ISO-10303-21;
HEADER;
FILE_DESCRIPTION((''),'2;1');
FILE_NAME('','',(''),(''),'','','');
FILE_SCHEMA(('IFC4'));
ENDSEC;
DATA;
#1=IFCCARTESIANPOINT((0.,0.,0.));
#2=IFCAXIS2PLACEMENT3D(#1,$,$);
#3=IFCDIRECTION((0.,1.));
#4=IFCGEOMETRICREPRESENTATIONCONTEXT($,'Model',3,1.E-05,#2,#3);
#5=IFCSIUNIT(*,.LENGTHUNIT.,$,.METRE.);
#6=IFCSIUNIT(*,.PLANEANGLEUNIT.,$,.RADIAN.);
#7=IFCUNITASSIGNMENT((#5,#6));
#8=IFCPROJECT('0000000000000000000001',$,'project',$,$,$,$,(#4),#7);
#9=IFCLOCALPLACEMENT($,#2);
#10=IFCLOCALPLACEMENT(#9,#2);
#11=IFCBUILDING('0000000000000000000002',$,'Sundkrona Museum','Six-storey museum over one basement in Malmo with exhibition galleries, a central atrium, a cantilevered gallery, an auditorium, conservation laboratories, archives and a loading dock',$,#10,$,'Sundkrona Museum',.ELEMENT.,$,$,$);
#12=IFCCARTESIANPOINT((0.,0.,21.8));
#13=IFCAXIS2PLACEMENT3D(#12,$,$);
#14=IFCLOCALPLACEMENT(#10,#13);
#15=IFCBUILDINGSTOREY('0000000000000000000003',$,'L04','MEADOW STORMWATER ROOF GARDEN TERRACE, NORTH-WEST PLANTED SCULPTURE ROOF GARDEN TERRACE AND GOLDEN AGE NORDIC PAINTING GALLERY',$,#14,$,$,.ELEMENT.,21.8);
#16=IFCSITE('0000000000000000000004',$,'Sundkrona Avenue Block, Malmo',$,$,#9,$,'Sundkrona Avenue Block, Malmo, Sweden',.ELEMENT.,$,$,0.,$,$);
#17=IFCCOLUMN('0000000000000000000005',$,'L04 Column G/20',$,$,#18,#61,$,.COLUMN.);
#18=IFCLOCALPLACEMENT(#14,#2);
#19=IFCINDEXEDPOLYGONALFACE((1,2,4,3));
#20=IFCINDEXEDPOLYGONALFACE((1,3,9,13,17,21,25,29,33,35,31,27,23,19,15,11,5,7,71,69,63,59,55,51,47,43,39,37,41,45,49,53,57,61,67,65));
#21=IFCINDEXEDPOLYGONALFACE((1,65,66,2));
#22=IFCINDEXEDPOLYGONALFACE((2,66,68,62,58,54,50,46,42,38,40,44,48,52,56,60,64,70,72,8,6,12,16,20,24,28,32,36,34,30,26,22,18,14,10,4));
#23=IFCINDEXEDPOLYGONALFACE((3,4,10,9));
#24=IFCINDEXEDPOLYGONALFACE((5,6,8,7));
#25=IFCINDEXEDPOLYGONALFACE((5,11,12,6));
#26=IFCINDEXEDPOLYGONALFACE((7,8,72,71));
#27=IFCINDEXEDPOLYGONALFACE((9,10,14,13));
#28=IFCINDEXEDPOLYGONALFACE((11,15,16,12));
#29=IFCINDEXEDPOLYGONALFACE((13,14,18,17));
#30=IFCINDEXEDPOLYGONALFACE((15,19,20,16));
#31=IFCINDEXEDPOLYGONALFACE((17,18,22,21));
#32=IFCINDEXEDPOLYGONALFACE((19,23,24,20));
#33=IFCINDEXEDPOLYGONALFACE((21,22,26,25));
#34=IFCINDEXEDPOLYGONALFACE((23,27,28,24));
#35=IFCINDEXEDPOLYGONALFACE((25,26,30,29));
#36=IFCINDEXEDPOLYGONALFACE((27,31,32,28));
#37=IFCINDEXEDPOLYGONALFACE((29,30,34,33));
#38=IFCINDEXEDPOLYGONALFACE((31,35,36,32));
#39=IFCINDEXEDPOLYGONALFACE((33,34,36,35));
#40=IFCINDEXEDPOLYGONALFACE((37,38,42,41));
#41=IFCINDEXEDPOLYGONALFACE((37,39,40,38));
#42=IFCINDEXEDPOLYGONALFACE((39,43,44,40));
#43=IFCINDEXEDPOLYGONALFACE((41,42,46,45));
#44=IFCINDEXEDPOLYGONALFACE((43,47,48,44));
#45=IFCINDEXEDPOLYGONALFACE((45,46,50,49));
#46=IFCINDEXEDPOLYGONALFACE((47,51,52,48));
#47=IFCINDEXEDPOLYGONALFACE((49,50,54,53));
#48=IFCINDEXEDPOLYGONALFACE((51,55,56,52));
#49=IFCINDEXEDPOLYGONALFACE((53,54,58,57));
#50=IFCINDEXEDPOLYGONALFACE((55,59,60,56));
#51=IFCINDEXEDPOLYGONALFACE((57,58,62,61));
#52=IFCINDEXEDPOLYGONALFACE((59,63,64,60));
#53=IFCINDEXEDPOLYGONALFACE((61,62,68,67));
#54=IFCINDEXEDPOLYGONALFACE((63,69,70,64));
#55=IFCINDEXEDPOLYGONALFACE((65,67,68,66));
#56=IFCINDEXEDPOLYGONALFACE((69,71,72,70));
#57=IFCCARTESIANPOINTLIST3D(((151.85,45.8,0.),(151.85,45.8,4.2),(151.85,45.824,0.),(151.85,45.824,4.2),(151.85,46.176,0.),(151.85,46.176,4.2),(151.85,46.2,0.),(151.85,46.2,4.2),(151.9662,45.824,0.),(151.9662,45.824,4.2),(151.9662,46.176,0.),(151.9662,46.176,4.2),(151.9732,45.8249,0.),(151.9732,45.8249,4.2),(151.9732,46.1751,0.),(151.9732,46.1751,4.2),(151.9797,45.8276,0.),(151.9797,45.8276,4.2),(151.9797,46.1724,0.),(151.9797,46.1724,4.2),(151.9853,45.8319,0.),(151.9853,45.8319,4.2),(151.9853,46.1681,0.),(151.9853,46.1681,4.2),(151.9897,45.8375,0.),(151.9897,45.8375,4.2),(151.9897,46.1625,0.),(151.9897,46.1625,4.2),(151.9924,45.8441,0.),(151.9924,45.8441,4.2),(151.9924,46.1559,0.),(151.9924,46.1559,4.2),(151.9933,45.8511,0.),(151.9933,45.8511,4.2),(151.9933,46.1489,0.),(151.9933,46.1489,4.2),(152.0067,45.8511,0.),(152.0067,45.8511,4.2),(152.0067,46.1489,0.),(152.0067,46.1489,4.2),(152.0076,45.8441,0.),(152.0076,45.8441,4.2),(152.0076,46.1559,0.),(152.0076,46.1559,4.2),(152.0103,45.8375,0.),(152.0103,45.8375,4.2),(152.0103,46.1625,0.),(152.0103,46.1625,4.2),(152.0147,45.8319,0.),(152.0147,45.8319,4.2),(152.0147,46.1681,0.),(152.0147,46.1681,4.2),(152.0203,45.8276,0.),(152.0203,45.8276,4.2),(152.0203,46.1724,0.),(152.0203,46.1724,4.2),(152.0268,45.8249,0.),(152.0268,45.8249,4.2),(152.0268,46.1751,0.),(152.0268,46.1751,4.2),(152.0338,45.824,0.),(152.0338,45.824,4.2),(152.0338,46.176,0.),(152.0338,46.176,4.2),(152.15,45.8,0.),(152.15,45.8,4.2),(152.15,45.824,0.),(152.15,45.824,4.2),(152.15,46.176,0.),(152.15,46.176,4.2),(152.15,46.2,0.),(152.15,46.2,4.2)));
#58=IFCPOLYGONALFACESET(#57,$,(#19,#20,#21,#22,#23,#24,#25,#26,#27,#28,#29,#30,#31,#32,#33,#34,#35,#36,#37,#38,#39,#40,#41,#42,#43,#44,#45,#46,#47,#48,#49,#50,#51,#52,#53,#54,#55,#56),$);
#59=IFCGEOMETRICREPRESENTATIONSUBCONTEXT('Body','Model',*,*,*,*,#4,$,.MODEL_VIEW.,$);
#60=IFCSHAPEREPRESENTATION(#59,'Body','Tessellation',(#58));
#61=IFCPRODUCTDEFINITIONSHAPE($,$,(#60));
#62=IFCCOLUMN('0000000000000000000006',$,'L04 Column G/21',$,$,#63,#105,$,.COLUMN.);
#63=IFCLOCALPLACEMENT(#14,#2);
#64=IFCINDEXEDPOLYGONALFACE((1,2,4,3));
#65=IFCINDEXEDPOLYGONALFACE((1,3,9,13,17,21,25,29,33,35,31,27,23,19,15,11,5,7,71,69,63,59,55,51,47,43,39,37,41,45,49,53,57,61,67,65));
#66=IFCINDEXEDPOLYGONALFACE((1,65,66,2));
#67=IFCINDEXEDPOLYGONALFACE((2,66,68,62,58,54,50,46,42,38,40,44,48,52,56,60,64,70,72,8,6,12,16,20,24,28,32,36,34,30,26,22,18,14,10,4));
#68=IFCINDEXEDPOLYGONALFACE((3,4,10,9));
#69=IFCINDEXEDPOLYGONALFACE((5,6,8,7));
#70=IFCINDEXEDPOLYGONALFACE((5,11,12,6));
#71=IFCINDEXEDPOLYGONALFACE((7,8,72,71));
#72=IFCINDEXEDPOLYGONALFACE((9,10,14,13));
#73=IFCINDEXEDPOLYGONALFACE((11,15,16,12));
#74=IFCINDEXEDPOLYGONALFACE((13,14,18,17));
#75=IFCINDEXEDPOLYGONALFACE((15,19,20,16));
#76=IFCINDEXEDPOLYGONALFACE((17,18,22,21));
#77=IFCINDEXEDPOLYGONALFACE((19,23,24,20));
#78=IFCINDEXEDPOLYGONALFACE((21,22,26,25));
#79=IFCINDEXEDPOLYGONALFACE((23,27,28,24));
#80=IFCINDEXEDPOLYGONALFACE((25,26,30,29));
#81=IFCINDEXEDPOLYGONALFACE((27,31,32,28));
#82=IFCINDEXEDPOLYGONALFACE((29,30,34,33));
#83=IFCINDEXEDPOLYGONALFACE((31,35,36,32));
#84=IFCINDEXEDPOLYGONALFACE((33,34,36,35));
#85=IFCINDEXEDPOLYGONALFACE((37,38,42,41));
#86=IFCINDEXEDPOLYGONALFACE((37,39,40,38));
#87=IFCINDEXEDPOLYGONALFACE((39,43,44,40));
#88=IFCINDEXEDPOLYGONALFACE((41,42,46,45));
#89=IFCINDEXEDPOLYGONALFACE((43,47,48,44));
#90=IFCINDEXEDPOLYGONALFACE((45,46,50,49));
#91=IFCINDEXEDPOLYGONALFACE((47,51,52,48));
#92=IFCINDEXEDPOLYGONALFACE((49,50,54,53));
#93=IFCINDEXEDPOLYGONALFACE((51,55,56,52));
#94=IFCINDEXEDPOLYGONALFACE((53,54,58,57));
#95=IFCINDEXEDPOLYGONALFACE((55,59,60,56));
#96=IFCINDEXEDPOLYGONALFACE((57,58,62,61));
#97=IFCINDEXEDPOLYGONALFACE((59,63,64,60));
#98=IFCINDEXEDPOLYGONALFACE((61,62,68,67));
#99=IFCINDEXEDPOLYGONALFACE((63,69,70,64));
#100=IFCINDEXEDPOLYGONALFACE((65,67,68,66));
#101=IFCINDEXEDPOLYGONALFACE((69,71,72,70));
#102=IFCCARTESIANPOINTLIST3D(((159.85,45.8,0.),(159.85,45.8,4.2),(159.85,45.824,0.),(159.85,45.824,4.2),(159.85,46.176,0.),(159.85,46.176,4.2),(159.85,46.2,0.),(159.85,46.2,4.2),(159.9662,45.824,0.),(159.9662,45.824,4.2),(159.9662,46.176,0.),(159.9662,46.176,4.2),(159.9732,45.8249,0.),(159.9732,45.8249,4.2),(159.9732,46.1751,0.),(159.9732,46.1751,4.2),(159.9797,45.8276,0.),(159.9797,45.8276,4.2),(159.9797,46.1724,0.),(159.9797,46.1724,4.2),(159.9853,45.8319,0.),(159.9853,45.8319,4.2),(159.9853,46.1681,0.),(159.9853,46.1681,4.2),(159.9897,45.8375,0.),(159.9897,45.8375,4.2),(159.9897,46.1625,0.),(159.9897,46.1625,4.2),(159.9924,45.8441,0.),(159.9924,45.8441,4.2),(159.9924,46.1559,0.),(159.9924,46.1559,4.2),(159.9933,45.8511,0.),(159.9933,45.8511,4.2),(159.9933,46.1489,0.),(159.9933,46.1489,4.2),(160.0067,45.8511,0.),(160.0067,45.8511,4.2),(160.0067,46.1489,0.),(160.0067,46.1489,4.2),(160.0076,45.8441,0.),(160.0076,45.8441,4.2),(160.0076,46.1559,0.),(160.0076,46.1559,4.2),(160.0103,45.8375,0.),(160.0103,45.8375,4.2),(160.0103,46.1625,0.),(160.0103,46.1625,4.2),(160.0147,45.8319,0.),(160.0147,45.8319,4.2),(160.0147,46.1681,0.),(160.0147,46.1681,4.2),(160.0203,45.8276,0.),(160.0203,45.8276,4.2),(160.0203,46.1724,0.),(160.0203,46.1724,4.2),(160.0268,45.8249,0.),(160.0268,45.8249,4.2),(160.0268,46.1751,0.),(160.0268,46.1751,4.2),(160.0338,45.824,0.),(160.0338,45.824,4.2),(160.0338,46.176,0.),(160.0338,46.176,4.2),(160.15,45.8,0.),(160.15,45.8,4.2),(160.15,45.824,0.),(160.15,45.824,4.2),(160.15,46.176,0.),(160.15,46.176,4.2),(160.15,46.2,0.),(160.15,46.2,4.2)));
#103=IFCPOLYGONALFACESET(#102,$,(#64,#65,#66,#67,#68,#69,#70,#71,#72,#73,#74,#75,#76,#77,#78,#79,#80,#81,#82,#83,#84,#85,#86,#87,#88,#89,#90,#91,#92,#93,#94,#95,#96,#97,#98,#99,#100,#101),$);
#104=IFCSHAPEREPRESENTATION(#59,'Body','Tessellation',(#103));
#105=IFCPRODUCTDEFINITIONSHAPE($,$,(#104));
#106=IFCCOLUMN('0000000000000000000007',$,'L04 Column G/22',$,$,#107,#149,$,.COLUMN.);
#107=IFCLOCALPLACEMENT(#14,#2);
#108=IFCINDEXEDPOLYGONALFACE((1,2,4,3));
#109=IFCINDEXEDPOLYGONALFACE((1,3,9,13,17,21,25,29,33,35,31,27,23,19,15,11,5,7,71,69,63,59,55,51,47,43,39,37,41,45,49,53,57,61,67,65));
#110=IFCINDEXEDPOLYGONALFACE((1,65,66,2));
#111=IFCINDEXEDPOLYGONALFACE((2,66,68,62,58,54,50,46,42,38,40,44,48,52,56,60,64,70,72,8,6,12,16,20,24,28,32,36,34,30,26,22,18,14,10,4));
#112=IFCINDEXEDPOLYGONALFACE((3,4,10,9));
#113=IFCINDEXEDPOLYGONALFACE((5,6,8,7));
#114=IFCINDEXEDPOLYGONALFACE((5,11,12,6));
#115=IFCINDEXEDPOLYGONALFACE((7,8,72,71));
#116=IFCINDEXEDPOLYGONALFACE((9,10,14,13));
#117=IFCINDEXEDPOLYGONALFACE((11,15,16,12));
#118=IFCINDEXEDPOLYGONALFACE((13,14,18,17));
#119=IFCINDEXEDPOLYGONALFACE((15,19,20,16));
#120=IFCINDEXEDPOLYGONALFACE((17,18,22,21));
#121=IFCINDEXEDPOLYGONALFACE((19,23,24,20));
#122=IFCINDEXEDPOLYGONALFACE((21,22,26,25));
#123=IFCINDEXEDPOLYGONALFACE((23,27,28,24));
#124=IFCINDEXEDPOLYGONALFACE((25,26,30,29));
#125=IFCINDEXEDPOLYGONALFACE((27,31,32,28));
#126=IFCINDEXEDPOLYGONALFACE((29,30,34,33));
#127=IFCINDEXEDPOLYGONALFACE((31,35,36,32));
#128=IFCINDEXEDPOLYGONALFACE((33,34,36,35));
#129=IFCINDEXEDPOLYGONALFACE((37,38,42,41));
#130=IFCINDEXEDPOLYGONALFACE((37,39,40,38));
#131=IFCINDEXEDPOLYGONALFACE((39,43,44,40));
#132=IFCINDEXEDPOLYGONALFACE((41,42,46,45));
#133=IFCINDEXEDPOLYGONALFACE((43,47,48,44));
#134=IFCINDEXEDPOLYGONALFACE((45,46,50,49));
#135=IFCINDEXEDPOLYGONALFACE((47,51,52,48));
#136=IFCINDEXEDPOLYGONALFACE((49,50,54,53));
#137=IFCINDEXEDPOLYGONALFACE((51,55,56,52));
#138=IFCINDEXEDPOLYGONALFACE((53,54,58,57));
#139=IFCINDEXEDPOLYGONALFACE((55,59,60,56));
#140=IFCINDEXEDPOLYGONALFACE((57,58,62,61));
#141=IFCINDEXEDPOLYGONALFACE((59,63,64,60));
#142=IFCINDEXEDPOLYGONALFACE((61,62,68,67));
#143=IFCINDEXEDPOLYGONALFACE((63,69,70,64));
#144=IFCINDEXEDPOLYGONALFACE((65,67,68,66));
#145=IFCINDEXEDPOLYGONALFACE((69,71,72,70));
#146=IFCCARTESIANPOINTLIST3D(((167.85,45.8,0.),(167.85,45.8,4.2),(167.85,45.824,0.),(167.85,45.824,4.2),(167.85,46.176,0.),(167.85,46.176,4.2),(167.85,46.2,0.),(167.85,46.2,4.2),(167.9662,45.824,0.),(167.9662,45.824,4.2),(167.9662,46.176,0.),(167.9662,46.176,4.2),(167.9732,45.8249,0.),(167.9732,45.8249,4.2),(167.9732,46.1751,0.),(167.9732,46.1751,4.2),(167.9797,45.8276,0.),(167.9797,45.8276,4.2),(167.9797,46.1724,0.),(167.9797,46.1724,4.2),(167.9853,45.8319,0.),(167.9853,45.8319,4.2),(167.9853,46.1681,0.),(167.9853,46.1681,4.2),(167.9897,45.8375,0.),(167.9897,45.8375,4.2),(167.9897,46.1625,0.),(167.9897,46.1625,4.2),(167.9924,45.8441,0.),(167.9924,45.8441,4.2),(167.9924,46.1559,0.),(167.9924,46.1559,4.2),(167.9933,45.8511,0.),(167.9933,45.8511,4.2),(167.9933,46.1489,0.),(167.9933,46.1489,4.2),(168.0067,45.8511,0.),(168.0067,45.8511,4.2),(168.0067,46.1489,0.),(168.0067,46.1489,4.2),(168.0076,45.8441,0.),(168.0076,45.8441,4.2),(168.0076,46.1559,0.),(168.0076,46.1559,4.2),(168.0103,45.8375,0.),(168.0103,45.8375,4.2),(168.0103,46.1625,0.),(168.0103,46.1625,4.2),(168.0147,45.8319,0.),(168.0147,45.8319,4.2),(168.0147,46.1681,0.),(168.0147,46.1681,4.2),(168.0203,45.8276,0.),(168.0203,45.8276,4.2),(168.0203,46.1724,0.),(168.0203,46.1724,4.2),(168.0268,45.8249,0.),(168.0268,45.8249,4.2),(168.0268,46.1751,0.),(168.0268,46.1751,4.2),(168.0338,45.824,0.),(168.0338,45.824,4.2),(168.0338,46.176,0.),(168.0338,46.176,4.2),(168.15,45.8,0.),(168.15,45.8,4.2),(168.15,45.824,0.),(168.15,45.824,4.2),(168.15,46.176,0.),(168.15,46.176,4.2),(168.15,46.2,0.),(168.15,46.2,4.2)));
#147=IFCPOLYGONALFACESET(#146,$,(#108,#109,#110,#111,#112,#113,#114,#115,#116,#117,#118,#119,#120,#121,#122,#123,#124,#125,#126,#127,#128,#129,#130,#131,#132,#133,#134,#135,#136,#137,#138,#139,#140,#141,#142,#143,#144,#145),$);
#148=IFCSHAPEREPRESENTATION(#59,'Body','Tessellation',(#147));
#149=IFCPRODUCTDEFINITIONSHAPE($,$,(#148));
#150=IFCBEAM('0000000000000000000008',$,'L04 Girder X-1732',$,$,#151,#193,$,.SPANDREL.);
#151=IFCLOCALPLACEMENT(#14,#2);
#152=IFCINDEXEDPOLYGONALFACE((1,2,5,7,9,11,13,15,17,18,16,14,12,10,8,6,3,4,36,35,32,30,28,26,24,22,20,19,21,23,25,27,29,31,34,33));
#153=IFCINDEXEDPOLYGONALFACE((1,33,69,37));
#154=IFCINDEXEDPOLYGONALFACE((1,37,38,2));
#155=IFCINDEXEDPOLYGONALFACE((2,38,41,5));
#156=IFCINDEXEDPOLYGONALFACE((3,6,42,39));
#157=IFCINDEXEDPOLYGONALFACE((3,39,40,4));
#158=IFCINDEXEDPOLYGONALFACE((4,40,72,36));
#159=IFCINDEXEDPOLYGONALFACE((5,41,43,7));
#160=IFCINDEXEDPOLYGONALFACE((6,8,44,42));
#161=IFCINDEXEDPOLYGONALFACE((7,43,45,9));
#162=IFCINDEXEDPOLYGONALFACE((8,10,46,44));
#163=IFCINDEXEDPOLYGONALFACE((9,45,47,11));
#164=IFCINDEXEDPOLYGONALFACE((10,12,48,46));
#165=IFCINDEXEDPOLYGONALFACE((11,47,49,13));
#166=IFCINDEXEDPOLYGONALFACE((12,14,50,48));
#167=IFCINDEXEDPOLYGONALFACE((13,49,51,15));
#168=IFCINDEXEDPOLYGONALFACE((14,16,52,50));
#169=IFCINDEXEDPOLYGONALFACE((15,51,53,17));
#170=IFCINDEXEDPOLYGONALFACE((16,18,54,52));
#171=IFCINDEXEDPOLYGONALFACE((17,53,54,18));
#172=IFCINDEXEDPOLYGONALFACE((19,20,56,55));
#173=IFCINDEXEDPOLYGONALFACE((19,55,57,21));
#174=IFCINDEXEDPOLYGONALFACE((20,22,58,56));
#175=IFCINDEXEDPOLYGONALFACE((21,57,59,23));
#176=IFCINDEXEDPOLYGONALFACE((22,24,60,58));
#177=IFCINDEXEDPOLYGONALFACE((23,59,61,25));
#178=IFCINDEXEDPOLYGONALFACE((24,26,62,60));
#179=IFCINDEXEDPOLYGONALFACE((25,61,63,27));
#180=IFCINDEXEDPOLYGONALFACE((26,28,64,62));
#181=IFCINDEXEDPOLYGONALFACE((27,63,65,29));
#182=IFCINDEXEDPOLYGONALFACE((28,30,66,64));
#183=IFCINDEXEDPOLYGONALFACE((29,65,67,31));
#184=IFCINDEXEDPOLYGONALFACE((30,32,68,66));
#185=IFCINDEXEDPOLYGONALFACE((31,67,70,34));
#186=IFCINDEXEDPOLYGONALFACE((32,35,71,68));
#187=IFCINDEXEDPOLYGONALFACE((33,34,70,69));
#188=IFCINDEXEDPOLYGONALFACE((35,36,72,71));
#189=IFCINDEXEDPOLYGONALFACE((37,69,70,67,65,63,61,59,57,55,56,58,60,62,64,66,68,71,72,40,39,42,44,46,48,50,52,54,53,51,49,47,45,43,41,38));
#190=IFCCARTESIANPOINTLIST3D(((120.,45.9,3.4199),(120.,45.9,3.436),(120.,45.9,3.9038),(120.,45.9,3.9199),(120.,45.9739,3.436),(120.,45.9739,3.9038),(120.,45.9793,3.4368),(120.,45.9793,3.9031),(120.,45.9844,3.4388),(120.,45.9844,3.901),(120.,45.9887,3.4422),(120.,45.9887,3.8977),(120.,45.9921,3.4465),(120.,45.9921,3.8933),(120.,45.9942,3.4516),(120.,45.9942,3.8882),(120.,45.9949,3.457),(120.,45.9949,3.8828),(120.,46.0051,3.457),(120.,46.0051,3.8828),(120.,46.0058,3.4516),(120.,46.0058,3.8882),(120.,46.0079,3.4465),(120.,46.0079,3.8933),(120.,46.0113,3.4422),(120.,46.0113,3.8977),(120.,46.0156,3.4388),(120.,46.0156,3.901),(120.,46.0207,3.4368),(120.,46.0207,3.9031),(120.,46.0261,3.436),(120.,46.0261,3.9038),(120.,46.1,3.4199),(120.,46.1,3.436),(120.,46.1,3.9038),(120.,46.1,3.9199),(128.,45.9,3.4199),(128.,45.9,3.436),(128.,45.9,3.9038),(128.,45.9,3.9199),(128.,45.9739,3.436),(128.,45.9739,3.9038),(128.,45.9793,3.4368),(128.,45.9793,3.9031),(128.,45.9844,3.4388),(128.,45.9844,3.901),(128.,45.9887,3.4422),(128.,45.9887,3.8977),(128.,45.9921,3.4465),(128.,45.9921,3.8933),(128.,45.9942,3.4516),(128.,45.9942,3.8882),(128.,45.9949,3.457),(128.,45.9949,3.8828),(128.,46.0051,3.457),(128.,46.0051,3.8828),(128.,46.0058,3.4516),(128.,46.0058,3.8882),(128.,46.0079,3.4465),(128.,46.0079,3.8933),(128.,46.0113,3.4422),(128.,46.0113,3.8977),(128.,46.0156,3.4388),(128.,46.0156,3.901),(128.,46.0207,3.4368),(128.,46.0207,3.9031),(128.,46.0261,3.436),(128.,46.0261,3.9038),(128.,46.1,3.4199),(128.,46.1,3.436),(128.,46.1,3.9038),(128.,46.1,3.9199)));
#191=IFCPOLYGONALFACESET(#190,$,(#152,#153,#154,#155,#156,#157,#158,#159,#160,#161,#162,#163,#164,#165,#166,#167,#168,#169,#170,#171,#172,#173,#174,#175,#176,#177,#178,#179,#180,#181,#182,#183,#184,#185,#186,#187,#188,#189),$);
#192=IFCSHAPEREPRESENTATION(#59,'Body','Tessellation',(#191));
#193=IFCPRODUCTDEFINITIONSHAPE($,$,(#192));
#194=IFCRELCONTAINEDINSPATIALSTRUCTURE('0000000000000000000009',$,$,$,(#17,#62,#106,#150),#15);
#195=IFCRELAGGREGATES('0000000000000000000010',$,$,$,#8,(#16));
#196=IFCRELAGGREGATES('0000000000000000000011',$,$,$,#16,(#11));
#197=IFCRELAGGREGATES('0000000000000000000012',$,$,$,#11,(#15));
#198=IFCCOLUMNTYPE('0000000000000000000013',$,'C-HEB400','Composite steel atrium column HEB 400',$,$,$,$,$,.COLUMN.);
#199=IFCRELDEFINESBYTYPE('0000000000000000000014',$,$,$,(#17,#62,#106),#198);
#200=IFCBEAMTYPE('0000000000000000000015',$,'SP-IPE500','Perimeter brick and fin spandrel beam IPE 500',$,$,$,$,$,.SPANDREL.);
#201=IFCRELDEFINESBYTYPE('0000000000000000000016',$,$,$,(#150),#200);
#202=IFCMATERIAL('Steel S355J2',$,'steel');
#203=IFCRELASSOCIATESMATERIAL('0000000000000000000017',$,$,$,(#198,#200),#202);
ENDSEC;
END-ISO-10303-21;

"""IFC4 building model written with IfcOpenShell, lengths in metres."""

from ifc_helpers import new_model, si_unit, direction, frame, origin, origin_2d, place, context, subcontext, project, spatial, i_section, extrude, material, material_profile, profile_set, type_object, element, save


model = new_model("IFC4")

# Units and contexts
model_context = context("Model", 3, precision=1e-05, world=origin(), true_north=direction((0.0, 1.0)))
body_context = subcontext(model_context, "Body", "Model", "MODEL_VIEW")
ifc_project = project(units=[si_unit("LENGTHUNIT", "METRE"), si_unit("PLANEANGLEUNIT", "RADIAN")], contexts=[model_context])

# Site, building, storey
site_placement = place(None, origin())
site = spatial("IfcSite", under=ifc_project, at=site_placement, Name="Sundkrona Avenue Block, Malmo", LongName="Sundkrona Avenue Block, Malmo, Sweden", CompositionType="ELEMENT", RefElevation=0.0)
building_placement = place(site_placement, origin())
building = spatial("IfcBuilding", under=site, at=building_placement, Name="Sundkrona Museum", Description="Six-storey museum over one basement in Malmo with exhibition galleries, a central atrium, a cantilevered gallery, an auditorium, conservation laboratories, archives and a loading dock", LongName="Sundkrona Museum", CompositionType="ELEMENT")
storey_placement = place(building_placement, frame((0.0, 0.0, 21.8)))
storey = spatial("IfcBuildingStorey", under=building, at=storey_placement, Name="L04", Description="MEADOW STORMWATER ROOF GARDEN TERRACE, NORTH-WEST PLANTED SCULPTURE ROOF GARDEN TERRACE AND GOLDEN AGE NORDIC PAINTING GALLERY", CompositionType="ELEMENT", Elevation=21.8)

# Columns
ifc_material_1 = material(Name="Steel S355J2", Category="steel")
ifc_material_profile_1 = material_profile(ifc_material_1, i_section(OverallWidth=0.3, OverallDepth=0.3999, WebThickness=0.0134, FlangeThickness=0.0239, FilletRadius=0.0271, at=origin_2d()), Name="HEB 400")
ifc_profile_set_1 = profile_set([ifc_material_profile_1], Name="Steel S355J2")
column_type = type_object("IfcColumnType", Name="C-HEB400", Description="Composite steel atrium column HEB 400", PredefinedType="COLUMN", material=ifc_profile_set_1)
for number, where, z_axis, x_axis, name in (
    (1, (152.0, 46.0, 0.0), (0.0, 0.0, 1.0), (1.0, 0.0, 0.0), "L04 Column G/20"),
    (2, (160.0, 46.0, 0.0), (0.0, 0.0, 1.0), (1.0, 0.0, 0.0), "L04 Column G/21"),
    (3, (168.0, 46.0, 0.0), (0.0, 0.0, 1.0), (1.0, 0.0, 0.0), "L04 Column G/22"),
):
    element("IfcColumn", number, at=place(storey_placement, frame(where, z_axis=z_axis, x_axis=x_axis)), inside=storey, type_object=column_type, Name=name, PredefinedType="COLUMN", context=body_context, shape_type="SweptSolid", body=[
        extrude(i_section(OverallWidth=0.3, OverallDepth=0.3999, WebThickness=0.0134, FlangeThickness=0.0239, FilletRadius=0.0271, at=origin_2d()), origin(), (0.0, 0.0, 1.0), 4.2),
    ])

# Beam
ifc_material_profile_2 = material_profile(ifc_material_1, i_section(OverallWidth=0.2, OverallDepth=0.5, WebThickness=0.0103, FlangeThickness=0.0161, FilletRadius=0.021, at=origin_2d()), Name="IPE 500")
ifc_profile_set_2 = profile_set([ifc_material_profile_2], Name="Steel S355J2")
beam_type = type_object("IfcBeamType", Name="SP-IPE500", Description="Perimeter brick and fin spandrel beam IPE 500", PredefinedType="SPANDREL", material=ifc_profile_set_2)
for number, where, z_axis, x_axis, name in (
    (4, (120.0, 46.0, 3.6699), (1.0, 0.0, 0.0), (0.0, 1.0, 0.0), "L04 Girder X-1732"),
):
    element("IfcBeam", number, at=place(storey_placement, frame(where, z_axis=z_axis, x_axis=x_axis)), inside=storey, type_object=beam_type, Name=name, PredefinedType="SPANDREL", context=body_context, shape_type="SweptSolid", body=[
        extrude(i_section(OverallWidth=0.2, OverallDepth=0.5, WebThickness=0.0103, FlangeThickness=0.0161, FilletRadius=0.021, at=origin_2d()), origin(), (0.0, 0.0, 1.0), 8.0),
    ])

save(model, "model.ifc")
